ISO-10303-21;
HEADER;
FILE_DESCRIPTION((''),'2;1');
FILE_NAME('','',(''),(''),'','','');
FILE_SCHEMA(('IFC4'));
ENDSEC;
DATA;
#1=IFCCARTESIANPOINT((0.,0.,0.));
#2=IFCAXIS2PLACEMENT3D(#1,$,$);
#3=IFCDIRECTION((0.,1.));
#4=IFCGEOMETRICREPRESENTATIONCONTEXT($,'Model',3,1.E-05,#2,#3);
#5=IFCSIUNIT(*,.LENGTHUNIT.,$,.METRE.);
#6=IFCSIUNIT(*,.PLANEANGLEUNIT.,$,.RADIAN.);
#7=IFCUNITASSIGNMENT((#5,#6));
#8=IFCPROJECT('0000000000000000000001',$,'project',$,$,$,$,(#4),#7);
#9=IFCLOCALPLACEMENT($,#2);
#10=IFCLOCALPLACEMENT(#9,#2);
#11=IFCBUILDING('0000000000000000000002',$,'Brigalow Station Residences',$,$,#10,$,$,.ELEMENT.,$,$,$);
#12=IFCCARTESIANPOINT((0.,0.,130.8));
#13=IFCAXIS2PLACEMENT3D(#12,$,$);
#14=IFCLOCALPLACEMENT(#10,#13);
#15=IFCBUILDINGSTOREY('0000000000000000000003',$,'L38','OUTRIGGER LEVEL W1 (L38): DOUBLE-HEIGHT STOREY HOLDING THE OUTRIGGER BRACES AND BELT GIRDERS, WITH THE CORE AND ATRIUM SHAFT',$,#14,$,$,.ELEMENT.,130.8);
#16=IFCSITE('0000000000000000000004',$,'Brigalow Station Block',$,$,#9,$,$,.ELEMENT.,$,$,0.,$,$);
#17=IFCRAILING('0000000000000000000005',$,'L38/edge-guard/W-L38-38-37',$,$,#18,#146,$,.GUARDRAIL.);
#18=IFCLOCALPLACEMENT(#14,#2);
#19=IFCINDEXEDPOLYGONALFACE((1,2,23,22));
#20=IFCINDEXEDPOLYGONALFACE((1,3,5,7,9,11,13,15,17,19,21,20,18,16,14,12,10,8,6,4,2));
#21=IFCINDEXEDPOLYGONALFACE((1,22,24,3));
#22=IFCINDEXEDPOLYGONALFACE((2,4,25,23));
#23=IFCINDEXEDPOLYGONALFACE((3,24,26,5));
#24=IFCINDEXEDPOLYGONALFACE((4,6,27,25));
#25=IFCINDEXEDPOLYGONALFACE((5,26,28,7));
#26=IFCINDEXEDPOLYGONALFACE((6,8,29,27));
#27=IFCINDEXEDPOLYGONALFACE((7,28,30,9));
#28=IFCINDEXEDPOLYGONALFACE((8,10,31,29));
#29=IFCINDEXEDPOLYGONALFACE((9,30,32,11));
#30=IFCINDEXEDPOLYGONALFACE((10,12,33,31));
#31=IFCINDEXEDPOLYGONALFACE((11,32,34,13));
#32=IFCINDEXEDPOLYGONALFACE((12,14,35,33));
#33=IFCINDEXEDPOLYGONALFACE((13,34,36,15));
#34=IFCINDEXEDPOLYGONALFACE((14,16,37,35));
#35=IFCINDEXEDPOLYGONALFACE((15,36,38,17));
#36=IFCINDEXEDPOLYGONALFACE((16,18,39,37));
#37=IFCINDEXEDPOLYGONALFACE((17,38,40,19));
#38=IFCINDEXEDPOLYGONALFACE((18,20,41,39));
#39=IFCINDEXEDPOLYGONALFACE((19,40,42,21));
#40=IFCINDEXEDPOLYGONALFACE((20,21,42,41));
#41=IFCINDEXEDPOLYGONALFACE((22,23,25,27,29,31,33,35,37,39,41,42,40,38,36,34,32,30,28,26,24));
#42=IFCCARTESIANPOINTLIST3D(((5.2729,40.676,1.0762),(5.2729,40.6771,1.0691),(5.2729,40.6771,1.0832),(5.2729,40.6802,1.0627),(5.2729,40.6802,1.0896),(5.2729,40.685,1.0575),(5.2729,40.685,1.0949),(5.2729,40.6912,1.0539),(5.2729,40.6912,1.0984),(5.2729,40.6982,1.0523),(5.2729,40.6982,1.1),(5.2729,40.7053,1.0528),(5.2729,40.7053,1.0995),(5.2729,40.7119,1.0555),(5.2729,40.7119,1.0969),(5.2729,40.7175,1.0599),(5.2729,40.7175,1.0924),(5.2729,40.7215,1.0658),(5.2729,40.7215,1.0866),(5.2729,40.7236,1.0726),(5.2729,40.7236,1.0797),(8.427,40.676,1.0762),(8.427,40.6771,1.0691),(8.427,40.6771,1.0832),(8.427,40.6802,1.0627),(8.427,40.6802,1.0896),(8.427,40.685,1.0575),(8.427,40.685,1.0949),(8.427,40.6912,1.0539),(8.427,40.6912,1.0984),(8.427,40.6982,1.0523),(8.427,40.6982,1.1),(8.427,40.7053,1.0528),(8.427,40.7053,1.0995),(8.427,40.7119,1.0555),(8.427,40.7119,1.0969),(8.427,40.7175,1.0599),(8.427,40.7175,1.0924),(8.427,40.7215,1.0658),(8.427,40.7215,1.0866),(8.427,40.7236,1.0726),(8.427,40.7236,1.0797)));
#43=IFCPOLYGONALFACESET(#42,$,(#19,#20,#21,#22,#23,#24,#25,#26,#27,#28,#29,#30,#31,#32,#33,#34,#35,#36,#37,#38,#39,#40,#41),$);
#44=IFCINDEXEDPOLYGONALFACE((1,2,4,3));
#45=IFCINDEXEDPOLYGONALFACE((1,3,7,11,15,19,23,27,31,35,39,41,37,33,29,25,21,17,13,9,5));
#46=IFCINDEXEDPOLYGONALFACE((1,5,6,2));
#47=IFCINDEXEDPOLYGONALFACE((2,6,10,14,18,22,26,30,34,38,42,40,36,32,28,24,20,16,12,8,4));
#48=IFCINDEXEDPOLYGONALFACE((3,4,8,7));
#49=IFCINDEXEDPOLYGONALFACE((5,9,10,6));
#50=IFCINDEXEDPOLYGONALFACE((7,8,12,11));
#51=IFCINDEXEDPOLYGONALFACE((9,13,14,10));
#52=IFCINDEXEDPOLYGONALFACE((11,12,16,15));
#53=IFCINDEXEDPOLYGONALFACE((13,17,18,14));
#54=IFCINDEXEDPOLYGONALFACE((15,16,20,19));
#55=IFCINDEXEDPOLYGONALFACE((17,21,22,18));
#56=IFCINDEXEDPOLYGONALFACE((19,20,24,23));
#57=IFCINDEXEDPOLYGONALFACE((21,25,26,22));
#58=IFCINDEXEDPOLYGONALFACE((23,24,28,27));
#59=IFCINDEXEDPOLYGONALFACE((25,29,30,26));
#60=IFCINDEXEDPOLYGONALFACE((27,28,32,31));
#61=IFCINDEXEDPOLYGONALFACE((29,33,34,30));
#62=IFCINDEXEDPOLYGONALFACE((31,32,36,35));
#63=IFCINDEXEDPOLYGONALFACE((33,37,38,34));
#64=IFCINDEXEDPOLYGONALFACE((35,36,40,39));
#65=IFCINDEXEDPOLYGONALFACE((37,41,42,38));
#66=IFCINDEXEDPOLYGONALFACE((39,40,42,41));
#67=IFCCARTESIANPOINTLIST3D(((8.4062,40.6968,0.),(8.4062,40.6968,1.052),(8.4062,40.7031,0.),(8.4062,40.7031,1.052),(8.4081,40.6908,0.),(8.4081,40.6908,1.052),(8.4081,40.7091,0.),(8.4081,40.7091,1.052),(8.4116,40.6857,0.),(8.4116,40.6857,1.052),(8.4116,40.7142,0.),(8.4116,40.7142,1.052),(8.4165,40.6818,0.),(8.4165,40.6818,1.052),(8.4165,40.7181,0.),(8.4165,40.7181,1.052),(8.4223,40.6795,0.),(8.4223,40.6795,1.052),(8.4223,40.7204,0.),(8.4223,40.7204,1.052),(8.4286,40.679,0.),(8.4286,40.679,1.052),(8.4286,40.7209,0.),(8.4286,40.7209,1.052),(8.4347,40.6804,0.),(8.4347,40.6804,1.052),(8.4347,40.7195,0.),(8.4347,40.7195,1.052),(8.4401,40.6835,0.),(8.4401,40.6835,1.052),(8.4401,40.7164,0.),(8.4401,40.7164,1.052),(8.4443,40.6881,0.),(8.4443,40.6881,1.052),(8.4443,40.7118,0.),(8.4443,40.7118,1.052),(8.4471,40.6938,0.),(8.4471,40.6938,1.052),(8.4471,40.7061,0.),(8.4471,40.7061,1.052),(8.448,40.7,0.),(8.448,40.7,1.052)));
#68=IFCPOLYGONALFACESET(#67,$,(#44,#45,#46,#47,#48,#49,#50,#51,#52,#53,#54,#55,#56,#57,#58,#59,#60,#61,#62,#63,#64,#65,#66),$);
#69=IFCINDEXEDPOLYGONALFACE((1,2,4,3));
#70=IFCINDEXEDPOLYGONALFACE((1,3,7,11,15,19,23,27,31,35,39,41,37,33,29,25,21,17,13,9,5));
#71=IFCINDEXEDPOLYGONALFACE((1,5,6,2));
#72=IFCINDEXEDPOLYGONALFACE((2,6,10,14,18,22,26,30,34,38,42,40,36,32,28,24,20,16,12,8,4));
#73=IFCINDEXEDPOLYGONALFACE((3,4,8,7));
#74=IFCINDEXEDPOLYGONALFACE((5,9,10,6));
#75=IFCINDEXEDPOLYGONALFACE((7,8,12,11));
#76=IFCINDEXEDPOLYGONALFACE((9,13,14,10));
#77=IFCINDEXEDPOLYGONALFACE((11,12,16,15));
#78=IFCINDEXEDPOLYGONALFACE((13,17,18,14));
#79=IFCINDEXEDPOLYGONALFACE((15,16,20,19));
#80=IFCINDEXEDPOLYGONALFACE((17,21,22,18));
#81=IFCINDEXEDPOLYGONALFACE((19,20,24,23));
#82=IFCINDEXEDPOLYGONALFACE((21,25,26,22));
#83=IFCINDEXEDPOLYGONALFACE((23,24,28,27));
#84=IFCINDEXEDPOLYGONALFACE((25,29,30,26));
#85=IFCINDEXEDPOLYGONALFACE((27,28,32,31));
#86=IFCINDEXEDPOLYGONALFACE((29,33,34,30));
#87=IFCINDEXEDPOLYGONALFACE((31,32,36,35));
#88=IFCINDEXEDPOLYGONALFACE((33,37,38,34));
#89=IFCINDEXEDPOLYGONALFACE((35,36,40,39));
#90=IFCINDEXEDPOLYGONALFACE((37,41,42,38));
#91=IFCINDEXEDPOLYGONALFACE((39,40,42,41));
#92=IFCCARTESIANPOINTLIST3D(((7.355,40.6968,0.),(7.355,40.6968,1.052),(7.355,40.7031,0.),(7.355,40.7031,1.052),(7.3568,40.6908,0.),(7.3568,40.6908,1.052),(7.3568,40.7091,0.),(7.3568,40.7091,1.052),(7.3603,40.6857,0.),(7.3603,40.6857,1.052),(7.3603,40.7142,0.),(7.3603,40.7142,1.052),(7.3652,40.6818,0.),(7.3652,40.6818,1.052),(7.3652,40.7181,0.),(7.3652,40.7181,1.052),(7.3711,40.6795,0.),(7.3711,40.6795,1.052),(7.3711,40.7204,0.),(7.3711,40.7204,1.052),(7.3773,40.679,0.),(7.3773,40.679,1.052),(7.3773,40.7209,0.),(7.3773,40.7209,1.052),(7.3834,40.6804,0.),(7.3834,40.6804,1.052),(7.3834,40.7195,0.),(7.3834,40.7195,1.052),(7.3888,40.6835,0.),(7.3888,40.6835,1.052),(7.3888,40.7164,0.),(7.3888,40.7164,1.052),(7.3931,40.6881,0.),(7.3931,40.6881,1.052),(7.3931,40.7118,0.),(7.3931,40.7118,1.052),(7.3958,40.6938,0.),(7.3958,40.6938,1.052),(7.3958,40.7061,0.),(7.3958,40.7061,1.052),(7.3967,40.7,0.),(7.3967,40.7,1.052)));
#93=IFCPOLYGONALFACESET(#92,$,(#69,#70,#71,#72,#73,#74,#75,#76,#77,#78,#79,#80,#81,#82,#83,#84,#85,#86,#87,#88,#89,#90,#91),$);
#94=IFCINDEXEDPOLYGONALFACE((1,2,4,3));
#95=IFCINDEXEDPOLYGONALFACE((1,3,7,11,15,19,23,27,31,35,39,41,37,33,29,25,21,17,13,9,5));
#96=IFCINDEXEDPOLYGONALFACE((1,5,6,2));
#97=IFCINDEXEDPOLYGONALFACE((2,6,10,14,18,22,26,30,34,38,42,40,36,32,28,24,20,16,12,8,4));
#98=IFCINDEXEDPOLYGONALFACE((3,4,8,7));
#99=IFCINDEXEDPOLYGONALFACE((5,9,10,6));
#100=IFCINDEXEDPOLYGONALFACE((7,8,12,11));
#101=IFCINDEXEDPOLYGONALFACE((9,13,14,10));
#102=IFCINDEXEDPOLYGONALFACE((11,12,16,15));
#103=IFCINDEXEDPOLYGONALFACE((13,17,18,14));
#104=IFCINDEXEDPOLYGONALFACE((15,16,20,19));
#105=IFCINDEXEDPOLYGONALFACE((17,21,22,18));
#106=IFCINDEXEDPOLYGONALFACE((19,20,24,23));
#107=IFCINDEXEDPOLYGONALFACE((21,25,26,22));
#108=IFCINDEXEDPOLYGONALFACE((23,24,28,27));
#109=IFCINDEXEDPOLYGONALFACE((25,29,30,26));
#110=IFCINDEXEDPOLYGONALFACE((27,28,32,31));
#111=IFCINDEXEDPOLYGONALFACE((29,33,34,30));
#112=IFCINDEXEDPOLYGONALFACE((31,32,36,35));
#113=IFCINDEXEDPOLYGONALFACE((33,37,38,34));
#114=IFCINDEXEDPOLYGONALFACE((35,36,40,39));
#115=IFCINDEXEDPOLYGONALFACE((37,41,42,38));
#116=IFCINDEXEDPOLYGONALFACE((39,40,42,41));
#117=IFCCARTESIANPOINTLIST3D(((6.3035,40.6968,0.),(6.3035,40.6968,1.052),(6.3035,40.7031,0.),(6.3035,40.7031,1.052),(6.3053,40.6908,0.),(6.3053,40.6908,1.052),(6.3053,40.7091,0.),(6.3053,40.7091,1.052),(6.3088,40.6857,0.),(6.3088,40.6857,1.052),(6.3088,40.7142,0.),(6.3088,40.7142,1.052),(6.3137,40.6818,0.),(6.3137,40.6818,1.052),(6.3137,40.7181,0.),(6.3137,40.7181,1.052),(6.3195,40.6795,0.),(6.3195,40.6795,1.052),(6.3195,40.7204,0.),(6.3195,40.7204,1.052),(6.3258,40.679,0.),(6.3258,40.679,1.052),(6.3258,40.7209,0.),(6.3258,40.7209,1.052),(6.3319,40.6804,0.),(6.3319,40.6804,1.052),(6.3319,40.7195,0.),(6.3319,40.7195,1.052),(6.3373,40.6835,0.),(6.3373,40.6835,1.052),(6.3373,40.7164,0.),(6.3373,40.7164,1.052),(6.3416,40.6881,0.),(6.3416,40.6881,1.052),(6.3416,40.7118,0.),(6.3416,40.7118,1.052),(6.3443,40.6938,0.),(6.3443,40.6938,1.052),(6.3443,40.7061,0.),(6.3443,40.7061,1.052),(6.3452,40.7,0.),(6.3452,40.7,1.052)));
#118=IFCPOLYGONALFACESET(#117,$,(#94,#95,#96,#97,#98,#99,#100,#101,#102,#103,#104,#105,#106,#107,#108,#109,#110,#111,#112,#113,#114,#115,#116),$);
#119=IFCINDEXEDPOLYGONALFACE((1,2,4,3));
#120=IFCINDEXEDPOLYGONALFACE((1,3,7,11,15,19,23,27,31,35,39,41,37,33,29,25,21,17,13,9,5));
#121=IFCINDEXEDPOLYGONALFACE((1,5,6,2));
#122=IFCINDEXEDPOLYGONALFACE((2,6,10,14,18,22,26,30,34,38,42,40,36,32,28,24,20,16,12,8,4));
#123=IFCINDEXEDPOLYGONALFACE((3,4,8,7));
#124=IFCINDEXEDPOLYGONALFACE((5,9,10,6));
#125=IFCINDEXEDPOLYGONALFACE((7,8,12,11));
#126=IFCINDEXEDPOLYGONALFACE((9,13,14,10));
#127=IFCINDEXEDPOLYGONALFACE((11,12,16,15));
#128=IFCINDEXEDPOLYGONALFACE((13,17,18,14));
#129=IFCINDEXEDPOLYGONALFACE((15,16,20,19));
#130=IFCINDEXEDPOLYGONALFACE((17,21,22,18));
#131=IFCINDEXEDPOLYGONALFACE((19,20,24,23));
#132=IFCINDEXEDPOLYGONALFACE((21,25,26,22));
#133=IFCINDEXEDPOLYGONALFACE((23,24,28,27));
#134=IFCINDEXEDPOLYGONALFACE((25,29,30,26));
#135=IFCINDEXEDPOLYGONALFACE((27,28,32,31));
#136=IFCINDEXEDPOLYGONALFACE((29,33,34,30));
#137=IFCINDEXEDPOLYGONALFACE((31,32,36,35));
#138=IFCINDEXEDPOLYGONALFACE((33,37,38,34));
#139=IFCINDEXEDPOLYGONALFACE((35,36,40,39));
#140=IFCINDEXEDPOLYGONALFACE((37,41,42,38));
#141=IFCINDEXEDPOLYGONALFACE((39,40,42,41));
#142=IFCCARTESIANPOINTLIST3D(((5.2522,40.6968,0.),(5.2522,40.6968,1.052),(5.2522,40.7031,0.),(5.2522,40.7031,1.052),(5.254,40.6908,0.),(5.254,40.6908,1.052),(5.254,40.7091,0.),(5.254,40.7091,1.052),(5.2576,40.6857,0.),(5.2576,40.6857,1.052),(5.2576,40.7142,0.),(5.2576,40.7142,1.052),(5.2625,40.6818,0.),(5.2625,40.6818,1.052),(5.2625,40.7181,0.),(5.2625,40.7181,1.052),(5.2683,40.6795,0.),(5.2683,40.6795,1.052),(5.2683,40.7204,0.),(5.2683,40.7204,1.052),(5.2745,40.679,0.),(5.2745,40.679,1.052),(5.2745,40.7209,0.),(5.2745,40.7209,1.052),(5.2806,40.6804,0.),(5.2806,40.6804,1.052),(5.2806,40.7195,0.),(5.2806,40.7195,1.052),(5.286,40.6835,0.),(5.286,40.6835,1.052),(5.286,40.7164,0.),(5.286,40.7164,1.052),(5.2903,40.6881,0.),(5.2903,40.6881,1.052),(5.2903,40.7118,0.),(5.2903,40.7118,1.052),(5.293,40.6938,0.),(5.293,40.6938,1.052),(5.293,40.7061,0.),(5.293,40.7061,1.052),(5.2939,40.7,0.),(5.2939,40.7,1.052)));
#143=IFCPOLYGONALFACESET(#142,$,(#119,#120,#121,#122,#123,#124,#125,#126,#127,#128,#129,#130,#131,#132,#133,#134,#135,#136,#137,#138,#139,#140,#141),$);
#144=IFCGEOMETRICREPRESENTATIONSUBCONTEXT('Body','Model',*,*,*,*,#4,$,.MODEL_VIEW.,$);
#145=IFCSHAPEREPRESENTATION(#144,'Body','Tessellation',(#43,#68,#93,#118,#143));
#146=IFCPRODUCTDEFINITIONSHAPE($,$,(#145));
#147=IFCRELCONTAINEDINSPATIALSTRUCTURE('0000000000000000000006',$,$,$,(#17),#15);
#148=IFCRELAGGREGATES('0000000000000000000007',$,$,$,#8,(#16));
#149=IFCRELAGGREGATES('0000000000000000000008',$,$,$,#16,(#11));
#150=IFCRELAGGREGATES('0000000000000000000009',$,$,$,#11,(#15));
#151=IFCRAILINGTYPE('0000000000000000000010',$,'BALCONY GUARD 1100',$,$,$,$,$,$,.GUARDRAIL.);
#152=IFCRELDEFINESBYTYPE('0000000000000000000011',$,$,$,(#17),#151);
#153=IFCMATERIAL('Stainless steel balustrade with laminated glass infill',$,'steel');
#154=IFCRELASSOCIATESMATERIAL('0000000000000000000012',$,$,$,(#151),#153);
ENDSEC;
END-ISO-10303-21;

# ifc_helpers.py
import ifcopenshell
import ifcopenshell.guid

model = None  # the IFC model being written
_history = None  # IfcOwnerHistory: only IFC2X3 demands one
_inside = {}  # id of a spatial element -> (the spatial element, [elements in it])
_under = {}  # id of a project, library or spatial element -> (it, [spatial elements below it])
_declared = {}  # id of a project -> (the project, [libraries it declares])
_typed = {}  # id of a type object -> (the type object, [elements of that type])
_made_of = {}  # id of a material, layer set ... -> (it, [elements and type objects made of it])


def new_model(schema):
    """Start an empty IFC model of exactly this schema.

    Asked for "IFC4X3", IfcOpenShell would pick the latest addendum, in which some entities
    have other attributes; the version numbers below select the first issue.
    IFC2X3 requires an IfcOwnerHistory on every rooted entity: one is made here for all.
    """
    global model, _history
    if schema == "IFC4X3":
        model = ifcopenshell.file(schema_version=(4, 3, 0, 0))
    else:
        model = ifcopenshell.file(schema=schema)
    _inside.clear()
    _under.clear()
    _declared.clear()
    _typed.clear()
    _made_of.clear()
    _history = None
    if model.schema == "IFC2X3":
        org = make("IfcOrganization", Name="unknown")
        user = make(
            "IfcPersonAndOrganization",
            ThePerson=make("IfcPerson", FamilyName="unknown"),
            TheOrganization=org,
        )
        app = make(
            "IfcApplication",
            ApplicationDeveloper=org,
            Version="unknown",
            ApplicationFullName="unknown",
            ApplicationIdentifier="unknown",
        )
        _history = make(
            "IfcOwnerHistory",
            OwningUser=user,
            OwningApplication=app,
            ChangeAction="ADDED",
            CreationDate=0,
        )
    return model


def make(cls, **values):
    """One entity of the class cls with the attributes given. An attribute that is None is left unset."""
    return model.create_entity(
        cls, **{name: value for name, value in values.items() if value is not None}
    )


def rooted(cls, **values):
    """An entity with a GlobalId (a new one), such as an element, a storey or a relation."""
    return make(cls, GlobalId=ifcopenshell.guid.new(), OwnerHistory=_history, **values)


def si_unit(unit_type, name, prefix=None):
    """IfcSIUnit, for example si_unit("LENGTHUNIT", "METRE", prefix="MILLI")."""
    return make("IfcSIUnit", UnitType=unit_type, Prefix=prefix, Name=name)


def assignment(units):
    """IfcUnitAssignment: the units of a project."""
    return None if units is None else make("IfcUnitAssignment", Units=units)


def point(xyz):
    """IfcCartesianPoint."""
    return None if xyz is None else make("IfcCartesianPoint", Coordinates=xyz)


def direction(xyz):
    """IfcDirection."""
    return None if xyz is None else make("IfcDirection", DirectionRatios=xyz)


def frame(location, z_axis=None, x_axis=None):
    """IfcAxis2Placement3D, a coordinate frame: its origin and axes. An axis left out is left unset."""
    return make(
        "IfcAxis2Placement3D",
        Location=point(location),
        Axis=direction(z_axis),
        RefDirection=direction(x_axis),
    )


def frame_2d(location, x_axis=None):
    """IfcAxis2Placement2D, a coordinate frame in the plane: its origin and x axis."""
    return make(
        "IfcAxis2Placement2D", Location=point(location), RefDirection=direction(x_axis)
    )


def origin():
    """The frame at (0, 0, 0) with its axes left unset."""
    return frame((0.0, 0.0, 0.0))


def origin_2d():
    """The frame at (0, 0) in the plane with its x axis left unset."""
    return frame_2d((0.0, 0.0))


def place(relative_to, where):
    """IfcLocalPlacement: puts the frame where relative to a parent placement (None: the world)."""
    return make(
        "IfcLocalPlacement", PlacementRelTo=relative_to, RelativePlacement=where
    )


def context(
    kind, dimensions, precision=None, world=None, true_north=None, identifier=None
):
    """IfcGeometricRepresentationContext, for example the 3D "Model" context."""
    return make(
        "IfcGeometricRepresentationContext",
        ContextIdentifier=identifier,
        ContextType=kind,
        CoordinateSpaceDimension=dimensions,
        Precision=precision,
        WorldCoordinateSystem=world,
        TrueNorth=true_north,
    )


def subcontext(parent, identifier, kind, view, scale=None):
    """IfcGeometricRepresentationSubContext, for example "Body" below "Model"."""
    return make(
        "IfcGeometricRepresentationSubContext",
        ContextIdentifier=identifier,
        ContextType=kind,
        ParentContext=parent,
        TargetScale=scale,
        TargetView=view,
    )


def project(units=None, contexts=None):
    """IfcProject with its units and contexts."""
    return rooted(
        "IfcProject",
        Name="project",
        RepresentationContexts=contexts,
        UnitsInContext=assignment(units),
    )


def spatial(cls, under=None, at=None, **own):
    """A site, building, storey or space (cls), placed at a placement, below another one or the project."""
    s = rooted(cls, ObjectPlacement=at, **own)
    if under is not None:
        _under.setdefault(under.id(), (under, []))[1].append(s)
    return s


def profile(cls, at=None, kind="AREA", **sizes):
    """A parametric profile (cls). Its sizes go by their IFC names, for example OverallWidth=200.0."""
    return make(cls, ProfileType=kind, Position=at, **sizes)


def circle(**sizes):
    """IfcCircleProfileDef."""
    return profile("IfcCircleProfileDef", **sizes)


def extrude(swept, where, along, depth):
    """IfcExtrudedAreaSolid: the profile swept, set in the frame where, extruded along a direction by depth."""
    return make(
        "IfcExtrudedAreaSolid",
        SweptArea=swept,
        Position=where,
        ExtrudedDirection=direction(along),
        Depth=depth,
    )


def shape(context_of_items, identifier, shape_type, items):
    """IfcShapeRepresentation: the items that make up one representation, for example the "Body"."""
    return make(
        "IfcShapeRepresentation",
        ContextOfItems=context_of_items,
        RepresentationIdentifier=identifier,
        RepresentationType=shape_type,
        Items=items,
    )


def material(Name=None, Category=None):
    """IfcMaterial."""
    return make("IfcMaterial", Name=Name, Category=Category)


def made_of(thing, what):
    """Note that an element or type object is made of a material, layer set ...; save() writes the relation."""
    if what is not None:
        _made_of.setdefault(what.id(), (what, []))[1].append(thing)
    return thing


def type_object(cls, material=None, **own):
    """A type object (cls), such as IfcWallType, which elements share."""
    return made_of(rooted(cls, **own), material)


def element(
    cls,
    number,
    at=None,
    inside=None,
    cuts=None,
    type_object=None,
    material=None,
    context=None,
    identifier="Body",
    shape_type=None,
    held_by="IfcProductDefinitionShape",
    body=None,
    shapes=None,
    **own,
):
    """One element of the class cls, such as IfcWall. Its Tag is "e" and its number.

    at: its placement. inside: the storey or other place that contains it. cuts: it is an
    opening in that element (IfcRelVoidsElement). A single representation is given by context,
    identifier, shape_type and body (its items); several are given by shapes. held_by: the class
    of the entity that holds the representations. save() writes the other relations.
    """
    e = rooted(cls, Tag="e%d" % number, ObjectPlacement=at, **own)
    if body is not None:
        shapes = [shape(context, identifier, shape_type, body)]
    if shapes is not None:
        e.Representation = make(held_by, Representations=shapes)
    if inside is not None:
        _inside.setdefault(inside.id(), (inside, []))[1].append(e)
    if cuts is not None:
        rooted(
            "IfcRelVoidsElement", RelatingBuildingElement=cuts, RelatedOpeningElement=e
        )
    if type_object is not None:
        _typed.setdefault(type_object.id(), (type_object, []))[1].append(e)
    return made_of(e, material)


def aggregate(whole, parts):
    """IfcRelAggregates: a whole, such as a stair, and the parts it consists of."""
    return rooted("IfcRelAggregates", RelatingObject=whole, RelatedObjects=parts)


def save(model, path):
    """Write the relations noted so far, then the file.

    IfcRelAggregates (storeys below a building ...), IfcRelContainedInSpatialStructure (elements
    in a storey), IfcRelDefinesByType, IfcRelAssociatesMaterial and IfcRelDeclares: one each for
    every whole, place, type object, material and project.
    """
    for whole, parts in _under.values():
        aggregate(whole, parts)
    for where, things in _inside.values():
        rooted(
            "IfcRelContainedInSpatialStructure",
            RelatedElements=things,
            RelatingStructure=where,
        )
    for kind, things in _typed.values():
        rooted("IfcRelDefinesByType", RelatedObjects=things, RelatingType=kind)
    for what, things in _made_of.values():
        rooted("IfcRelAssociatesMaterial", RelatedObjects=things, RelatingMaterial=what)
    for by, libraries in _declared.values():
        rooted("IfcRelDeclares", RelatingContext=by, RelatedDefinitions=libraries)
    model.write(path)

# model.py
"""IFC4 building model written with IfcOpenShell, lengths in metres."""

from ifc_helpers import new_model, si_unit, direction, frame, origin, origin_2d, place, context, subcontext, project, spatial, circle, extrude, material, type_object, element, save


model = new_model("IFC4")

# Units and contexts
model_context = context("Model", 3, precision=1e-05, world=origin(), true_north=direction((0.0, 1.0)))
body_context = subcontext(model_context, "Body", "Model", "MODEL_VIEW")
ifc_project = project(units=[si_unit("LENGTHUNIT", "METRE"), si_unit("PLANEANGLEUNIT", "RADIAN")], contexts=[model_context])

# Site, building, storey
site_placement = place(None, origin())
site = spatial("IfcSite", under=ifc_project, at=site_placement, Name="Brigalow Station Block", CompositionType="ELEMENT", RefElevation=0.0)
building_placement = place(site_placement, origin())
building = spatial("IfcBuilding", under=site, at=building_placement, Name="Brigalow Station Residences", CompositionType="ELEMENT")
storey_placement = place(building_placement, frame((0.0, 0.0, 130.8)))
storey = spatial("IfcBuildingStorey", under=building, at=storey_placement, Name="L38", Description="OUTRIGGER LEVEL W1 (L38): DOUBLE-HEIGHT STOREY HOLDING THE OUTRIGGER BRACES AND BELT GIRDERS, WITH THE CORE AND ATRIUM SHAFT", CompositionType="ELEMENT", Elevation=130.8)

# Railing
ifc_material_1 = material(Name="Stainless steel balustrade with laminated glass infill", Category="steel")
railing_type_1 = type_object("IfcRailingType", Name="BALCONY GUARD 1100", PredefinedType="GUARDRAIL", material=ifc_material_1)
railing_1_placement = place(storey_placement, frame((8.427, 40.7, 0.0)))
element("IfcRailing", 1, at=railing_1_placement, inside=storey, type_object=railing_type_1, Name="L38/edge-guard/W-L38-38-37", PredefinedType="GUARDRAIL", context=body_context, shape_type="SweptSolid", body=[
    extrude(circle(Radius=0.0239, at=origin_2d()), frame((0.0, 0.0, 1.0762), z_axis=(-1.0, 0.0, 0.0), x_axis=(0.0, -1.0, 0.0)), (0.0, 0.0, 1.0), 3.1541),
    extrude(circle(Radius=0.021, at=origin_2d()), origin(), (0.0, 0.0, 1.0), 1.052),
    extrude(circle(Radius=0.021, at=origin_2d()), frame((-1.0513, 0.0, 0.0)), (0.0, 0.0, 1.0), 1.052),
    extrude(circle(Radius=0.021, at=origin_2d()), frame((-2.1028, 0.0, 0.0)), (0.0, 0.0, 1.0), 1.052),
    extrude(circle(Radius=0.021, at=origin_2d()), frame((-3.1541, 0.0, 0.0)), (0.0, 0.0, 1.0), 1.052),
])

save(model, "model.ifc")
